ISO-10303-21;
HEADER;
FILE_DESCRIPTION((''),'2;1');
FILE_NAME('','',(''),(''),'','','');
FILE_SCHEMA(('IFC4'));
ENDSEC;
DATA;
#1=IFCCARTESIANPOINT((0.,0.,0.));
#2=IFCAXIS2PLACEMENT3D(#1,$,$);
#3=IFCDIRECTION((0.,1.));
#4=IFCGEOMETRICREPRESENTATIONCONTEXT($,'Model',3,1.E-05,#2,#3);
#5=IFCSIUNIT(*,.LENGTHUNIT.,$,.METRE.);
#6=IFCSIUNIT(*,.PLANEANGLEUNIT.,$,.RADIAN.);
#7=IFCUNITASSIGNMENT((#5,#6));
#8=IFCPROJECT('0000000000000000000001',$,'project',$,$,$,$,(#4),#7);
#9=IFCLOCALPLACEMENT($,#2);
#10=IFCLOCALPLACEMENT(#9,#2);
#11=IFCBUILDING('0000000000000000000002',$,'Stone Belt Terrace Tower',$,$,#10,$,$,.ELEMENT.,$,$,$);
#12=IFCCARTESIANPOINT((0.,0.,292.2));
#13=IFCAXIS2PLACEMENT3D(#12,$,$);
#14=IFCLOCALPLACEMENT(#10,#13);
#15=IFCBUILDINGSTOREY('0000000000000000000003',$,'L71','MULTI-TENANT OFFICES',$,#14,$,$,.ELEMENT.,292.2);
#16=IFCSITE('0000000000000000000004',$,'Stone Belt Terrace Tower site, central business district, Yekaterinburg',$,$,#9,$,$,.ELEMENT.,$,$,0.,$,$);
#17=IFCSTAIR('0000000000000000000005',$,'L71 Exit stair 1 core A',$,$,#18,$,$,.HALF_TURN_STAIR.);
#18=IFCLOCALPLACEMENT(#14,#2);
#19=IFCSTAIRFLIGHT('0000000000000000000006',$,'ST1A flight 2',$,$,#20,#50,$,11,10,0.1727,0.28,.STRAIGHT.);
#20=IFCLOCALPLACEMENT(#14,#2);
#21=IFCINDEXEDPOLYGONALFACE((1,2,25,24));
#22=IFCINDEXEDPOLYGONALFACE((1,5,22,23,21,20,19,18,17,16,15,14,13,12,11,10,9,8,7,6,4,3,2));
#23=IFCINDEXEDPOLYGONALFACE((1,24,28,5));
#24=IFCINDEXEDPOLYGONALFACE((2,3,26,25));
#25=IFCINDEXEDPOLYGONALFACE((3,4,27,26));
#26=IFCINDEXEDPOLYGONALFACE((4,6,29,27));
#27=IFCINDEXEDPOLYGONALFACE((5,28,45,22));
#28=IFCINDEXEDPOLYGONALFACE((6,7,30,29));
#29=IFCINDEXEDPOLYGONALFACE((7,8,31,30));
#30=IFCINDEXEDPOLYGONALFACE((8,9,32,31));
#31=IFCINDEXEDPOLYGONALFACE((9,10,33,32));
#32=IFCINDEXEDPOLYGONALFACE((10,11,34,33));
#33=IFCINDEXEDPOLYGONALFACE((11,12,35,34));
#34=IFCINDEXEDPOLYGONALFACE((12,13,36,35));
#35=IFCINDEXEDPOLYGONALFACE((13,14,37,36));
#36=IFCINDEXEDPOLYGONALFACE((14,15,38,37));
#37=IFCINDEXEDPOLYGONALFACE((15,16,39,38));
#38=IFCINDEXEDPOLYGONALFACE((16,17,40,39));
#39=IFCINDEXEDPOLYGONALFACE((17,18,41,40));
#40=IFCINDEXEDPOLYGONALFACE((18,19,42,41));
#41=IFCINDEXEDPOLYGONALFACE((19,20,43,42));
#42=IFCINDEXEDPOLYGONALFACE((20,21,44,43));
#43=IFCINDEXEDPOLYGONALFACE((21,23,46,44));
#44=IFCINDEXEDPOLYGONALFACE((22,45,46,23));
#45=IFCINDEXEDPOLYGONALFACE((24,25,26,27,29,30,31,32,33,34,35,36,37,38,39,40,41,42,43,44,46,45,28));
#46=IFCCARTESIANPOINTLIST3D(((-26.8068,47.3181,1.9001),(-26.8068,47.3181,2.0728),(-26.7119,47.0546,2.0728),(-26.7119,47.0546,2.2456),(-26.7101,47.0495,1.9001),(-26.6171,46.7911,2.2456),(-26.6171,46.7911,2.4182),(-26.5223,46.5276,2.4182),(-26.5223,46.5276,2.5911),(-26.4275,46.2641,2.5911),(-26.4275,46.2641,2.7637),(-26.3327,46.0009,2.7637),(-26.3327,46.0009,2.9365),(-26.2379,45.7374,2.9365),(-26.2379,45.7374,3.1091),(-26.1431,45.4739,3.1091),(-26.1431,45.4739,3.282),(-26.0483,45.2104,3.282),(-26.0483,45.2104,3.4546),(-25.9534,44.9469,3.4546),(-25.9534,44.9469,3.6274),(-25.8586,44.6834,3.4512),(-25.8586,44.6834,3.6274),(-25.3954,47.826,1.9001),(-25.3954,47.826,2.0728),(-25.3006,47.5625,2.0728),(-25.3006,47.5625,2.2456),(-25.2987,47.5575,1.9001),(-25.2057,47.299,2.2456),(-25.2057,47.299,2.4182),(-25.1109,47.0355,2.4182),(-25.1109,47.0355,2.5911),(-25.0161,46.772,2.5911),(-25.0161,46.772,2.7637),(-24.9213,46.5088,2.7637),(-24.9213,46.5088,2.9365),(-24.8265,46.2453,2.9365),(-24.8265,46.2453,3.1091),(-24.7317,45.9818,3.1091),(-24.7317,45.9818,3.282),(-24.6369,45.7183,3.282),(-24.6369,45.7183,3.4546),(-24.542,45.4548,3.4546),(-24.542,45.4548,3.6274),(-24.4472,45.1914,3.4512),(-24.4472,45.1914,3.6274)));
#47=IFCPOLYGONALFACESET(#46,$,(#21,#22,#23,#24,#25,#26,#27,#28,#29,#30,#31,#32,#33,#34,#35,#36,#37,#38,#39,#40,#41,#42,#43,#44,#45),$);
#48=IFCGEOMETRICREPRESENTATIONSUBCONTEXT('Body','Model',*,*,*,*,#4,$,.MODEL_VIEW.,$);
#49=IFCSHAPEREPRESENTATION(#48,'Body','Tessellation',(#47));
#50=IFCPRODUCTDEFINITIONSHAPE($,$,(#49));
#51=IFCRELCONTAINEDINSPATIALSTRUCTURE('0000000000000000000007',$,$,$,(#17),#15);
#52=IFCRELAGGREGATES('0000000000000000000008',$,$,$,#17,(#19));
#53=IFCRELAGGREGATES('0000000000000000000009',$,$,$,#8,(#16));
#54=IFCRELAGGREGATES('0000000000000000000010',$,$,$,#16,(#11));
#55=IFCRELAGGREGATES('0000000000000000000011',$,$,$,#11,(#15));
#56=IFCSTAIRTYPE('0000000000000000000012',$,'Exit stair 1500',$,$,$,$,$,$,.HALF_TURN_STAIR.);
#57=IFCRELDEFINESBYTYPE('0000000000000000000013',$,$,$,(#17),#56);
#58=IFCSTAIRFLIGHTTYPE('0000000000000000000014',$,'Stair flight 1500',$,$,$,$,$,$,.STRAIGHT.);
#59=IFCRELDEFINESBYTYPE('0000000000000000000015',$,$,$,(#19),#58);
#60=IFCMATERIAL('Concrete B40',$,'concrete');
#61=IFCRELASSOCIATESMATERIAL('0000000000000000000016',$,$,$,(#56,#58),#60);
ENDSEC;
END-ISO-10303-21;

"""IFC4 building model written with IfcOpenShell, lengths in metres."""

from ifc_helpers import new_model, si_unit, direction, frame, origin, place, context, subcontext, project, spatial, polyline, outline, extrude, material, type_object, element, aggregate, save


model = new_model("IFC4")

# Units and contexts
model_context = context("Model", 3, precision=1e-05, world=origin(), true_north=direction((0.0, 1.0)))
body_context = subcontext(model_context, "Body", "Model", "MODEL_VIEW")
ifc_project = project(units=[si_unit("LENGTHUNIT", "METRE"), si_unit("PLANEANGLEUNIT", "RADIAN")], contexts=[model_context])

# Site, building, storey
site_placement = place(None, origin())
site = spatial("IfcSite", under=ifc_project, at=site_placement, Name="Stone Belt Terrace Tower site, central business district, Yekaterinburg", CompositionType="ELEMENT", RefElevation=0.0)
building_placement = place(site_placement, origin())
building = spatial("IfcBuilding", under=site, at=building_placement, Name="Stone Belt Terrace Tower", CompositionType="ELEMENT")
storey_placement = place(building_placement, frame((0.0, 0.0, 292.2)))
storey = spatial("IfcBuildingStorey", under=building, at=storey_placement, Name="L71", Description="MULTI-TENANT OFFICES", CompositionType="ELEMENT", Elevation=292.2)

# Stair, stair flight
ifc_material_1 = material(Name="Concrete B40", Category="concrete")
stair_type = type_object("IfcStairType", Name="Exit stair 1500", PredefinedType="HALF_TURN_STAIR", material=ifc_material_1)
stair_placement = place(storey_placement, origin())
stair = element("IfcStair", 1, at=stair_placement, inside=storey, type_object=stair_type, Name="L71 Exit stair 1 core A", PredefinedType="HALF_TURN_STAIR")
stair_flight_type = type_object("IfcStairFlightType", Name="Stair flight 1500", PredefinedType="STRAIGHT", material=ifc_material_1)
stair_flight_placement = place(storey_placement, frame((-26.1011, 47.572, 1.9001), z_axis=(0.0, 0.0, 1.0), x_axis=(0.338624, -0.940922, 0.0)))
stair_flight = element("IfcStairFlight", 2, at=stair_flight_placement, type_object=stair_flight_type, Name="ST1A flight 2", NumberOfRisers=11, NumberOfTreads=10, PredefinedType="STRAIGHT", RiserHeight=0.1727, TreadLength=0.28, context=body_context, shape_type="SweptSolid", body=[
    extrude(outline(polyline([(0.0, 0.0), (0.0, 0.1726), (0.28, 0.1726), (0.28, 0.3455), (0.5601, 0.3455), (0.5601, 0.5181), (0.8401, 0.5181), (0.8401, 0.6909), (1.1201, 0.6909), (1.1201, 0.8635), (1.3999, 0.8635), (1.3999, 1.0364), (1.6799, 1.0364), (1.6799, 1.209), (1.96, 1.209), (1.96, 1.3818), (2.24, 1.3818), (2.24, 1.5544), (2.52, 1.5544), (2.52, 1.7273), (2.8, 1.7273), (2.8, 1.8999), (2.8, 1.551), (0.2854, 0.0), (0.0, 0.0)])), frame((0.0, 0.75, 0.0), z_axis=(0.0, -1.0, 0.0), x_axis=(1.0, 0.0, 0.0)), (0.0, 0.0, 1.0), 1.5),
])
aggregate(stair, [stair_flight])

save(model, "model.ifc")
